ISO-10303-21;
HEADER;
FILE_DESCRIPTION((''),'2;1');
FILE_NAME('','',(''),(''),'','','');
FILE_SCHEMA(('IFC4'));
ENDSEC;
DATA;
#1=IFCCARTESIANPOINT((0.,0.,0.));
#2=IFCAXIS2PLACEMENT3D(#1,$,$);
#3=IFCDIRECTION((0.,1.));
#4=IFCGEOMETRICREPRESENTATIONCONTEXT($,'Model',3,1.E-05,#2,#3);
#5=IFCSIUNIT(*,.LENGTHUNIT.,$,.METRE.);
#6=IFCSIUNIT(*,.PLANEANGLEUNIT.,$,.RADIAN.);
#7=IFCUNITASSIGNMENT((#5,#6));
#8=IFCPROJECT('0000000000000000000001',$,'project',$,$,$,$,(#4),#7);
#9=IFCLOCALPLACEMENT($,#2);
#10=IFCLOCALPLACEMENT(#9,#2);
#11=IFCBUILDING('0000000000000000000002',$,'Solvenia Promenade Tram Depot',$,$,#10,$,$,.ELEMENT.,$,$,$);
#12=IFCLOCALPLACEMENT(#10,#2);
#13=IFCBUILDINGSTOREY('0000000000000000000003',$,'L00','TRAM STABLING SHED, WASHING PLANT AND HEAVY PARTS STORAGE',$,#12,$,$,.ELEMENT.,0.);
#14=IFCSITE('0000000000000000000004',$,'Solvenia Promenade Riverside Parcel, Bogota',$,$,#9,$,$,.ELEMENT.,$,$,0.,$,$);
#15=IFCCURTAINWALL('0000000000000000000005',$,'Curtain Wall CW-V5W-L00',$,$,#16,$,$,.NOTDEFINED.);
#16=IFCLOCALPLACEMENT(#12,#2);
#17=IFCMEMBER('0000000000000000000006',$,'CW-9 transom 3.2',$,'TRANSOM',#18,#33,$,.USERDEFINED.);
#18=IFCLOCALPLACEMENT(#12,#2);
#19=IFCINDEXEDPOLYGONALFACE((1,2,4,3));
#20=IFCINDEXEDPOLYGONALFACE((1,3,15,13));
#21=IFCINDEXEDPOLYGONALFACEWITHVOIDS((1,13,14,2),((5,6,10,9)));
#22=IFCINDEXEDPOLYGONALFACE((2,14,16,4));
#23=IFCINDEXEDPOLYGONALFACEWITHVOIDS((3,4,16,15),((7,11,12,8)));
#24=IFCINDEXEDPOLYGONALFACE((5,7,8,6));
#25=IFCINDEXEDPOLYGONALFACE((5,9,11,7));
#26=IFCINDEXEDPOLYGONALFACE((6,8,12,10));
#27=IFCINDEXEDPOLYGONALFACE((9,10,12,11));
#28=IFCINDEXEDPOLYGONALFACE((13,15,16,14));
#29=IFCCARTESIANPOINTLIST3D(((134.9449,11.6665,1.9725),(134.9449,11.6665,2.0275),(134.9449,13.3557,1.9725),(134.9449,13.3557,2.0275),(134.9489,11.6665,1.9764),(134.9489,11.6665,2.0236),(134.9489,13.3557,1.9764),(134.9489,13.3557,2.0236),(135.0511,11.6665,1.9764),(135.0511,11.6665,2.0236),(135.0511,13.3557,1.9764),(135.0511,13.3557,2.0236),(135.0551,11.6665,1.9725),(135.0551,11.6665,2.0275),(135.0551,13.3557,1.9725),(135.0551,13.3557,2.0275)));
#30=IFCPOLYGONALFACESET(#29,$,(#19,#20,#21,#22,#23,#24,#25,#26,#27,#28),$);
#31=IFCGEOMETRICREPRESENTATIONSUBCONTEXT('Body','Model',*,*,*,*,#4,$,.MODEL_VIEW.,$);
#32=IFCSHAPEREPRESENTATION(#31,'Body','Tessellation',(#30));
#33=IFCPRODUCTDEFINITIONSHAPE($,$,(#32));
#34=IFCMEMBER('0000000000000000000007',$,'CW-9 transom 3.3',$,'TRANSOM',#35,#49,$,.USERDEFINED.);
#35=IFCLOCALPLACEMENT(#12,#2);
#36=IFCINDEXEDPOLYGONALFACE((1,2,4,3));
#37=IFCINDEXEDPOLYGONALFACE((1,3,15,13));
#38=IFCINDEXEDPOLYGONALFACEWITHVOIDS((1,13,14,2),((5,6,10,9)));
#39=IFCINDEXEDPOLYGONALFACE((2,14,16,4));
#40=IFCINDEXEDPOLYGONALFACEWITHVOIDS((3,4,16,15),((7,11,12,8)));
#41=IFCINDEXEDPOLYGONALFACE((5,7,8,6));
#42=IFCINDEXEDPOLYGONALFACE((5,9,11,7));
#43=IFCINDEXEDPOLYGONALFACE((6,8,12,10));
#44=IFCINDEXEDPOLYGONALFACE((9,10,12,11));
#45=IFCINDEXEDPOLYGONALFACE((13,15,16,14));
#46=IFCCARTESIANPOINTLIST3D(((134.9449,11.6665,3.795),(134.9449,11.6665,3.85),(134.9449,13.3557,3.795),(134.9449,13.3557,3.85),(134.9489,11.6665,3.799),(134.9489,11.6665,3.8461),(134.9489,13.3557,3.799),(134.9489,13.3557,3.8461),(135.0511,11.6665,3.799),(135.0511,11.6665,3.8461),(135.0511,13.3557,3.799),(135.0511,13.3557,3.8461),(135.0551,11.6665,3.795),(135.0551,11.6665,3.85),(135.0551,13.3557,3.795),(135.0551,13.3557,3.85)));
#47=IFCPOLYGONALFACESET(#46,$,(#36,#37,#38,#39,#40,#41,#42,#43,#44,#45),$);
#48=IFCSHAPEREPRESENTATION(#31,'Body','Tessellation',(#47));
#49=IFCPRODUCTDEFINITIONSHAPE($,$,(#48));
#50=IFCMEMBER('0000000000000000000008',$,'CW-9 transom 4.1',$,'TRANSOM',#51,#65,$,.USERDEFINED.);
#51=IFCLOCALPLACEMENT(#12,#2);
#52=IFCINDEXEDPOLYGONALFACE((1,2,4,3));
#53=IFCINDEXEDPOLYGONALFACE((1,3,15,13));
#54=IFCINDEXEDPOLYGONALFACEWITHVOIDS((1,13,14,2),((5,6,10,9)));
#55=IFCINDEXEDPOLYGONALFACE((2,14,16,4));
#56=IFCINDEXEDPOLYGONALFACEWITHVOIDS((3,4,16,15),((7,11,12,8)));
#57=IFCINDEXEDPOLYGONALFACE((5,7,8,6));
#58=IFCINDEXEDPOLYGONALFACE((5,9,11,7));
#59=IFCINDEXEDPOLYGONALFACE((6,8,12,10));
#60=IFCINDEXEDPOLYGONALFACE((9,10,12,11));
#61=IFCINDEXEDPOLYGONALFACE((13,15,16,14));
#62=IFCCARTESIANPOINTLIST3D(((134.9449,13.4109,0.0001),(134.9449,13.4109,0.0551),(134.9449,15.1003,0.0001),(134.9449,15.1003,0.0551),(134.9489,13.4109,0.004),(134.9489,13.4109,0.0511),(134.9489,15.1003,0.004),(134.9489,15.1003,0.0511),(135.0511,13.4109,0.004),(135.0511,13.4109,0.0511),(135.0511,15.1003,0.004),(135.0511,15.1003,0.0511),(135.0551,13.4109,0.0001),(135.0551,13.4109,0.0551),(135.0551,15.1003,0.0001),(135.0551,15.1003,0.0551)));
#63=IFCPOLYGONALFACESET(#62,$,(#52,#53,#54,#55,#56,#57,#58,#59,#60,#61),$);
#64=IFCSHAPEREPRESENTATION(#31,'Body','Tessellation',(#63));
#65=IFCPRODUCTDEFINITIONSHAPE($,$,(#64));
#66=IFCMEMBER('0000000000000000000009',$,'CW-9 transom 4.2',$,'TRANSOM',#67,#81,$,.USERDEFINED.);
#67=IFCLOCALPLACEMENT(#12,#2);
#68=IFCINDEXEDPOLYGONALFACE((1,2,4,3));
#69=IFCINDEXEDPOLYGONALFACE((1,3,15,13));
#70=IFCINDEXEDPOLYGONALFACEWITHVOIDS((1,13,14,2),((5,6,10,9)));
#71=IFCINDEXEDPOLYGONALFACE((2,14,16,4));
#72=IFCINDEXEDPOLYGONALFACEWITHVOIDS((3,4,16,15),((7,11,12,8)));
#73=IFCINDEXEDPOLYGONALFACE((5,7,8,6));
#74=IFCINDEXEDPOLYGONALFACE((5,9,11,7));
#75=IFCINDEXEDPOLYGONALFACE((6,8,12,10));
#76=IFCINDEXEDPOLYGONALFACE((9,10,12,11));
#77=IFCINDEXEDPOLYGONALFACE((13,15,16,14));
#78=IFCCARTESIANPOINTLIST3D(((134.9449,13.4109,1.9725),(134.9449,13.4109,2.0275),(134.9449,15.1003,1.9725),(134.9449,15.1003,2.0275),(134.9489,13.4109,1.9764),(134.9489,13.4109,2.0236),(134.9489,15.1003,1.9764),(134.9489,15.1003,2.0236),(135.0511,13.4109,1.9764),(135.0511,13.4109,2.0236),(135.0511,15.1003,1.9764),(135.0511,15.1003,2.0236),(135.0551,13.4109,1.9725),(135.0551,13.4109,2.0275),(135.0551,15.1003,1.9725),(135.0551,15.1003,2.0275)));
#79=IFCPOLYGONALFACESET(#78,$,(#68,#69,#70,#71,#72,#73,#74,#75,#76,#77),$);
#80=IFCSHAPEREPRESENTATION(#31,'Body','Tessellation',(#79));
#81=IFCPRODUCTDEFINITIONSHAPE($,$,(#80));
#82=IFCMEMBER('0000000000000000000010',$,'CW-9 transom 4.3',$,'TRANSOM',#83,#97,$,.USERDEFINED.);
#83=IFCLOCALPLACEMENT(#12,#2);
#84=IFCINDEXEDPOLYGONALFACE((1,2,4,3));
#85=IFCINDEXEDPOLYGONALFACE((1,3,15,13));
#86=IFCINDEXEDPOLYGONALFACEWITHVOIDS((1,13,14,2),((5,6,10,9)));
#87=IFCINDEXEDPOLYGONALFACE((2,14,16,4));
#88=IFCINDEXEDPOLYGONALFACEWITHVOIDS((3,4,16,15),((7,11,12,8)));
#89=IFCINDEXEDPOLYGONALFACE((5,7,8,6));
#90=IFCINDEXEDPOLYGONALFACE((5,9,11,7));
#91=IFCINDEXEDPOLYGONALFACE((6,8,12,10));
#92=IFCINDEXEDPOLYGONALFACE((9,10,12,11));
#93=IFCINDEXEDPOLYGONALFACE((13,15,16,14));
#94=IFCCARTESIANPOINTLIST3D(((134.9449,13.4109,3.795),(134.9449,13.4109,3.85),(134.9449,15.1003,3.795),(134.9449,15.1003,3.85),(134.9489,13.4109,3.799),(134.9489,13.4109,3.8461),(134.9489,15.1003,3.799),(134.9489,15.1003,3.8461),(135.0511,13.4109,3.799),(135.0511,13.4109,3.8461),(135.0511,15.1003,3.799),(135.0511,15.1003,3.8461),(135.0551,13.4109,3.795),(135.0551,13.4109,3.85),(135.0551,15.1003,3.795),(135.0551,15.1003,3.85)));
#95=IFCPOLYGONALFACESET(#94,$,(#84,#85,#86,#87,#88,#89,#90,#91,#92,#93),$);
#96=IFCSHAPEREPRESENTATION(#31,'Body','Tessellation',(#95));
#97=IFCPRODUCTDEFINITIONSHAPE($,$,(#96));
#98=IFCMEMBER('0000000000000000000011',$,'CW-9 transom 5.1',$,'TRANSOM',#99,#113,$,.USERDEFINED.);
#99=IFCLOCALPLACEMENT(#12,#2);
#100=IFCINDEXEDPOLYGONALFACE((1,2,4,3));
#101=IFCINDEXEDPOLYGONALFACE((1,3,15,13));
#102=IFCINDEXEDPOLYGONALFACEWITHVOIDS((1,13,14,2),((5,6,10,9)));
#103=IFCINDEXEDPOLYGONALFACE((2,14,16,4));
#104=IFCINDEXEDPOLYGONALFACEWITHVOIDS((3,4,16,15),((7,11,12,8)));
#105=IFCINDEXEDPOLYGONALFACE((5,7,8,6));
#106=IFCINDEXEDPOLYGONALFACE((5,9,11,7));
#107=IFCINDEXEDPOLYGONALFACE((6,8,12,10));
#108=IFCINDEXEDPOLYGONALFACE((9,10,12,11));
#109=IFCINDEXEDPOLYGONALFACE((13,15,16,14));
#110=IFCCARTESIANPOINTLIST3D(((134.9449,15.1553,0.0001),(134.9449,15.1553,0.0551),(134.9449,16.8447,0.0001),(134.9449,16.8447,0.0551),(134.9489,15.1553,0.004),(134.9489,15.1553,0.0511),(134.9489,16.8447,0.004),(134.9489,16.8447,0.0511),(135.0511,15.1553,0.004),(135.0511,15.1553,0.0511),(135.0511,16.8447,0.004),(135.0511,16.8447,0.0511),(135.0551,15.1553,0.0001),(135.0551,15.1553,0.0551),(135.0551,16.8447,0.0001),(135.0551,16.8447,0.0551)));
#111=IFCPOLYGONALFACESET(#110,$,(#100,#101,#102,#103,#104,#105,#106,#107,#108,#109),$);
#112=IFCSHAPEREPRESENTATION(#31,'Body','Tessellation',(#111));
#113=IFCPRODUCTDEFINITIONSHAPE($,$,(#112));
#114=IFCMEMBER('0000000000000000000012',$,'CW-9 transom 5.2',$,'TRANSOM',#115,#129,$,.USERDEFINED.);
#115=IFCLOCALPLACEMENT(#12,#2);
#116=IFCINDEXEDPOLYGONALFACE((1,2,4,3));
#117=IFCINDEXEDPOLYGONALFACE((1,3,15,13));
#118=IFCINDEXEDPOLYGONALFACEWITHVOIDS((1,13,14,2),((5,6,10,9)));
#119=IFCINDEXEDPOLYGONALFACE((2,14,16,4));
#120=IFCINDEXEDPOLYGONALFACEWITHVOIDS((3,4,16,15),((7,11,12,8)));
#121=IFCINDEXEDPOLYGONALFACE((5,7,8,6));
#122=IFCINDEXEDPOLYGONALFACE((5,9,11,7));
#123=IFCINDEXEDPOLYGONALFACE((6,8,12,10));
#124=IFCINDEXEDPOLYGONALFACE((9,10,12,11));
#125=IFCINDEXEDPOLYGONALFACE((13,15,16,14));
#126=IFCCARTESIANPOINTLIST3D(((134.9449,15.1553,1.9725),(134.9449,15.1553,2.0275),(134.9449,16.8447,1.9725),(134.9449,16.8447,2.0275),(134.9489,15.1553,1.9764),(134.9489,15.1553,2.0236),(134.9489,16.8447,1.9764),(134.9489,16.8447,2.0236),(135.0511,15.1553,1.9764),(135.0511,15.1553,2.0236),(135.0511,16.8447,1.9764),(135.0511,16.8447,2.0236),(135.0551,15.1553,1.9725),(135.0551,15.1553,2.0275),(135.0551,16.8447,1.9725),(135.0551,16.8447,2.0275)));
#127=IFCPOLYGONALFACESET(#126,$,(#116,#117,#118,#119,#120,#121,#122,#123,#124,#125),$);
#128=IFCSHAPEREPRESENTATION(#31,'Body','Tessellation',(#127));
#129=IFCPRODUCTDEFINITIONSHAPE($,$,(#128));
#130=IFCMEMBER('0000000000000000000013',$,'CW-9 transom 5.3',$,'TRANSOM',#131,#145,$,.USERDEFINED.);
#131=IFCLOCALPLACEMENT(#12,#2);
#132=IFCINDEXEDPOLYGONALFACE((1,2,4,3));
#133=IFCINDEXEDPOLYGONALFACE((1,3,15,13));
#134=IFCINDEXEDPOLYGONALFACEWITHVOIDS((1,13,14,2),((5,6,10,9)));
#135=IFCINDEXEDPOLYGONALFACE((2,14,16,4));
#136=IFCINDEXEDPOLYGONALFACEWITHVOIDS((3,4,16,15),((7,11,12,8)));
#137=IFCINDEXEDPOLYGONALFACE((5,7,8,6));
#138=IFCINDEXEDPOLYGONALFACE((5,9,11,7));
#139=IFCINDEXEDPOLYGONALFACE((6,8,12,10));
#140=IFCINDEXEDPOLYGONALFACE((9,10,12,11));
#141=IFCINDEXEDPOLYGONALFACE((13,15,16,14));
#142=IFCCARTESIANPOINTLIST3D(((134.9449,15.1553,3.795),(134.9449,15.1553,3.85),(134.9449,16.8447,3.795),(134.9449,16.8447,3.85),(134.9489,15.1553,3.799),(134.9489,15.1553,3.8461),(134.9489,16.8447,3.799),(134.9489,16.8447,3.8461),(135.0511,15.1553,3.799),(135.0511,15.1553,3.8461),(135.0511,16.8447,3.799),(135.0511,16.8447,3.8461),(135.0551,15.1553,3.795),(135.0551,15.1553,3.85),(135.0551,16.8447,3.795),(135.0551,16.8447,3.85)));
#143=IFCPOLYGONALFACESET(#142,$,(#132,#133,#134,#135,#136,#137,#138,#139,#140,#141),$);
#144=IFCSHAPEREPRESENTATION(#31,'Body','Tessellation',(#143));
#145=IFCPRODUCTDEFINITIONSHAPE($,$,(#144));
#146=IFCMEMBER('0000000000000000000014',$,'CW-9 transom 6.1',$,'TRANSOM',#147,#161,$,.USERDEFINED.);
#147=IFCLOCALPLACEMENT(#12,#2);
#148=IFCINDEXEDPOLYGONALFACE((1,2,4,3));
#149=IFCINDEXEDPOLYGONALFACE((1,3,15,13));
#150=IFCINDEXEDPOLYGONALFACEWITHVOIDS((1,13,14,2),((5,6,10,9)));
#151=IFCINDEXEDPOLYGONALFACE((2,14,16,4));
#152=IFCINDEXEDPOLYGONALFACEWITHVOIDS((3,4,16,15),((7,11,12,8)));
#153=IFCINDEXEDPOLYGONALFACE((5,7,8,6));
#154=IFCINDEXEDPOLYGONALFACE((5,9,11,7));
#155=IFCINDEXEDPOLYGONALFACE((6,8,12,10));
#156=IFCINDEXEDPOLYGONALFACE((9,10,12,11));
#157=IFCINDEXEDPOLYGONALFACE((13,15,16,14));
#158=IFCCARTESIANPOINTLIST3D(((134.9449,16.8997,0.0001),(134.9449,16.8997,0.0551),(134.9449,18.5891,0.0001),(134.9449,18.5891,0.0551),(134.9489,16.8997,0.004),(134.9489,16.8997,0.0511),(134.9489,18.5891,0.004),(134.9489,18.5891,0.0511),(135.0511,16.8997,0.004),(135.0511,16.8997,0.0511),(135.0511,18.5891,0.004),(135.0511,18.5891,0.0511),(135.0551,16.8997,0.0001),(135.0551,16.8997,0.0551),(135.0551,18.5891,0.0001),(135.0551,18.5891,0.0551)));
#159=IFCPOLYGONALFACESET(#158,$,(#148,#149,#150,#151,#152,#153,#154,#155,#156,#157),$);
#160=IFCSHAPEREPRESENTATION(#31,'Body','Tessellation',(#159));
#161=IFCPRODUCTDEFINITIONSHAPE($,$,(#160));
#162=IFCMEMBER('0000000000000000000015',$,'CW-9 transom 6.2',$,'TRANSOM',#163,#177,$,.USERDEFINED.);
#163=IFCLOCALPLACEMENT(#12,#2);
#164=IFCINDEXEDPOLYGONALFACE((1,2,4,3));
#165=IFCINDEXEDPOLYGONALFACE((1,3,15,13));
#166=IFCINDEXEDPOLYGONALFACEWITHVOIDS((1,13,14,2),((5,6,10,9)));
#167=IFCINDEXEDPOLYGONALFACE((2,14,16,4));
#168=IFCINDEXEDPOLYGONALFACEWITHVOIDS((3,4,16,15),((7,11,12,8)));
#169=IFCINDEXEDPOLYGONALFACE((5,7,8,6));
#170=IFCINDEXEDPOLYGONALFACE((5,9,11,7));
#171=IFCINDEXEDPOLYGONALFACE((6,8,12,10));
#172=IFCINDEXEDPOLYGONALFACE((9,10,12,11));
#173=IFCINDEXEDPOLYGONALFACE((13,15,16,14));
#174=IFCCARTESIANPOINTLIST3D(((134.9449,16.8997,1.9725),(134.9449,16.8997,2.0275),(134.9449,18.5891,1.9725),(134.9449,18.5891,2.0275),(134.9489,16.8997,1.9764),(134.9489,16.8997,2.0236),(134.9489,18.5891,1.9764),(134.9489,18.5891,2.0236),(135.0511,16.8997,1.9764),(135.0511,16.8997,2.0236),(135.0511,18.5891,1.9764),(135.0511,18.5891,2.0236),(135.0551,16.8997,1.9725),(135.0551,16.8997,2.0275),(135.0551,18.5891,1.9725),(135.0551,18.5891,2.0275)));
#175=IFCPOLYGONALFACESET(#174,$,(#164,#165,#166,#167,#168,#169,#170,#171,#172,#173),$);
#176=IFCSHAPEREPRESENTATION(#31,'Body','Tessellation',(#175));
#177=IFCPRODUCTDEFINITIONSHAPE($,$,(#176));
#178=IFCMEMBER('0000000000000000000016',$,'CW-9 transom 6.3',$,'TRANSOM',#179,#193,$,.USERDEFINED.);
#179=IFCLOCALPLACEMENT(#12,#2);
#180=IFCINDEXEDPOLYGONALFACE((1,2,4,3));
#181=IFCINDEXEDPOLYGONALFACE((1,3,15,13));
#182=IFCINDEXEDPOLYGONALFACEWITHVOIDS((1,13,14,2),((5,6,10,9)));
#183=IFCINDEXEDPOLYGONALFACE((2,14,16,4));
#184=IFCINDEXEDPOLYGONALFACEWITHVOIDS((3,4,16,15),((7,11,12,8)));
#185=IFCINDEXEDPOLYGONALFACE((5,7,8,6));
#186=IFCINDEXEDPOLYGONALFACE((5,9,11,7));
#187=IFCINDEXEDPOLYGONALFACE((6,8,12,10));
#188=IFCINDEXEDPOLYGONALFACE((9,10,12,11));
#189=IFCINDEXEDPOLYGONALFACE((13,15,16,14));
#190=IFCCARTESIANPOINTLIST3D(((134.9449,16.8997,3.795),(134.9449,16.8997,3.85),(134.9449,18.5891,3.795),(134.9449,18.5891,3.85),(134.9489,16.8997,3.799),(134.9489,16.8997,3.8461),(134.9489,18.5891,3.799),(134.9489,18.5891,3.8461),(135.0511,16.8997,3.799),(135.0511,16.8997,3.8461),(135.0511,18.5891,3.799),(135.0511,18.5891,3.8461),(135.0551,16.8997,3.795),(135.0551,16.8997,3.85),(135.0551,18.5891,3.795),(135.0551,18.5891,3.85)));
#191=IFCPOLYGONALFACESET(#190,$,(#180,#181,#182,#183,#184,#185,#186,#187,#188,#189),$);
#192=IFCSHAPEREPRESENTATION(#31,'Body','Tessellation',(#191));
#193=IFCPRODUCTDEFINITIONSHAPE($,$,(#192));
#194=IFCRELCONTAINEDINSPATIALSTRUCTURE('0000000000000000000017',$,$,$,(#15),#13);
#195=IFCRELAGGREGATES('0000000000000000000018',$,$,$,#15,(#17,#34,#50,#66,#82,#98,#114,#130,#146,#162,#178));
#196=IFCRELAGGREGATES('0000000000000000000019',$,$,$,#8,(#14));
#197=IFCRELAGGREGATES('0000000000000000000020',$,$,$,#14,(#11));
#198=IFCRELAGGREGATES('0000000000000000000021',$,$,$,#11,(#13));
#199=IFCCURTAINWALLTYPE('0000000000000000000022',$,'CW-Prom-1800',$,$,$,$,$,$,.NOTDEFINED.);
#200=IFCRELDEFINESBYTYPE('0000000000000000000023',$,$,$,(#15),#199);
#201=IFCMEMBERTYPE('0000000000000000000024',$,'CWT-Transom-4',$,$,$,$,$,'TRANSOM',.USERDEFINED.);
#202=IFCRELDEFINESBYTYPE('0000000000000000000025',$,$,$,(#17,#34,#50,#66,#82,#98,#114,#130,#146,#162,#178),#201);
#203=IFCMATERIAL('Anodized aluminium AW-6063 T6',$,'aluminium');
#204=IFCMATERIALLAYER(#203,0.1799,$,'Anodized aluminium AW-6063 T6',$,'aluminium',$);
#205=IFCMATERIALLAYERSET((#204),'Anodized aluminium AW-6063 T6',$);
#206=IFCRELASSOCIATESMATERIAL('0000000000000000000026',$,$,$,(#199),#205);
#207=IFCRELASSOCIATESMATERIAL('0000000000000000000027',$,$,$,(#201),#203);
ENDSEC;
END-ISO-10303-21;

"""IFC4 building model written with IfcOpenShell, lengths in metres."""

from ifc_helpers import new_model, si_unit, direction, frame, origin, origin_2d, place, context, subcontext, project, spatial, hollow_rectangle, extrude, material, layer, layer_set, material_profile, profile_set, type_object, element, aggregate, save


model = new_model("IFC4")

# Units and contexts
model_context = context("Model", 3, precision=1e-05, world=origin(), true_north=direction((0.0, 1.0)))
body_context = subcontext(model_context, "Body", "Model", "MODEL_VIEW")
ifc_project = project(units=[si_unit("LENGTHUNIT", "METRE"), si_unit("PLANEANGLEUNIT", "RADIAN")], contexts=[model_context])

# Site, building, storey
site_placement = place(None, origin())
site = spatial("IfcSite", under=ifc_project, at=site_placement, Name="Solvenia Promenade Riverside Parcel, Bogota", CompositionType="ELEMENT", RefElevation=0.0)
building_placement = place(site_placement, origin())
building = spatial("IfcBuilding", under=site, at=building_placement, Name="Solvenia Promenade Tram Depot", CompositionType="ELEMENT")
storey_placement = place(building_placement, origin())
storey = spatial("IfcBuildingStorey", under=building, at=storey_placement, Name="L00", Description="TRAM STABLING SHED, WASHING PLANT AND HEAVY PARTS STORAGE", CompositionType="ELEMENT", Elevation=0.0)

# Curtain wall, members
ifc_material_1 = material(Name="Anodized aluminium AW-6063 T6", Category="aluminium")
ifc_layer_1 = layer(ifc_material_1, 0.1799, Name="Anodized aluminium AW-6063 T6", Category="aluminium")
ifc_layer_set_1 = layer_set([ifc_layer_1], Name="Anodized aluminium AW-6063 T6")
curtain_wall_type = type_object("IfcCurtainWallType", Name="CW-Prom-1800", PredefinedType="NOTDEFINED", material=ifc_layer_set_1)
curtain_wall_placement = place(storey_placement, origin())
curtain_wall = element("IfcCurtainWall", 1, at=curtain_wall_placement, inside=storey, type_object=curtain_wall_type, Name="Curtain Wall CW-V5W-L00", PredefinedType="NOTDEFINED")
ifc_material_profile_1 = material_profile(ifc_material_1, hollow_rectangle(XDim=0.1101, YDim=0.0549, WallThickness=0.0039, at=origin_2d()), Name="ALU-T4", Category="aluminium")
ifc_profile_set_1 = profile_set([ifc_material_profile_1], Name="Anodized aluminium AW-6063 T6")
member_type_1 = type_object("IfcMemberType", Name="CWT-Transom-4", ElementType="TRANSOM", PredefinedType="USERDEFINED", material=ifc_profile_set_1)
member_1_placement = place(storey_placement, frame((135.0, 11.6665, 2.0), z_axis=(0.0, 1.0, 0.0), x_axis=(-1.0, 0.0, 0.0)))
member_1 = element("IfcMember", 2, at=member_1_placement, type_object=member_type_1, Name="CW-9 transom 3.2", ObjectType="TRANSOM", PredefinedType="USERDEFINED", context=body_context, shape_type="SweptSolid", body=[
    extrude(hollow_rectangle(XDim=0.1101, YDim=0.0549, WallThickness=0.0039, at=origin_2d()), origin(), (0.0, 0.0, 1.0), 1.6892),
])
member_2_placement = place(storey_placement, frame((135.0, 11.6665, 3.8225), z_axis=(0.0, 1.0, 0.0), x_axis=(-1.0, 0.0, 0.0)))
member_2 = element("IfcMember", 3, at=member_2_placement, type_object=member_type_1, Name="CW-9 transom 3.3", ObjectType="TRANSOM", PredefinedType="USERDEFINED", context=body_context, shape_type="SweptSolid", body=[
    extrude(hollow_rectangle(XDim=0.1101, YDim=0.0549, WallThickness=0.0039, at=origin_2d()), origin(), (0.0, 0.0, 1.0), 1.6892),
])
member_3_placement = place(storey_placement, frame((135.0, 13.4109, 0.0276), z_axis=(0.0, 1.0, 0.0), x_axis=(-1.0, 0.0, 0.0)))
member_3 = element("IfcMember", 4, at=member_3_placement, type_object=member_type_1, Name="CW-9 transom 4.1", ObjectType="TRANSOM", PredefinedType="USERDEFINED", context=body_context, shape_type="SweptSolid", body=[
    extrude(hollow_rectangle(XDim=0.1101, YDim=0.0549, WallThickness=0.0039, at=origin_2d()), origin(), (0.0, 0.0, 1.0), 1.6895),
])
member_4_placement = place(storey_placement, frame((135.0, 13.4109, 2.0), z_axis=(0.0, 1.0, 0.0), x_axis=(-1.0, 0.0, 0.0)))
member_4 = element("IfcMember", 5, at=member_4_placement, type_object=member_type_1, Name="CW-9 transom 4.2", ObjectType="TRANSOM", PredefinedType="USERDEFINED", context=body_context, shape_type="SweptSolid", body=[
    extrude(hollow_rectangle(XDim=0.1101, YDim=0.0549, WallThickness=0.0039, at=origin_2d()), origin(), (0.0, 0.0, 1.0), 1.6895),
])
member_5_placement = place(storey_placement, frame((135.0, 13.4109, 3.8225), z_axis=(0.0, 1.0, 0.0), x_axis=(-1.0, 0.0, 0.0)))
member_5 = element("IfcMember", 6, at=member_5_placement, type_object=member_type_1, Name="CW-9 transom 4.3", ObjectType="TRANSOM", PredefinedType="USERDEFINED", context=body_context, shape_type="SweptSolid", body=[
    extrude(hollow_rectangle(XDim=0.1101, YDim=0.0549, WallThickness=0.0039, at=origin_2d()), origin(), (0.0, 0.0, 1.0), 1.6895),
])
member_6_placement = place(storey_placement, frame((135.0, 15.1553, 0.0276), z_axis=(0.0, 1.0, 0.0), x_axis=(-1.0, 0.0, 0.0)))
member_6 = element("IfcMember", 7, at=member_6_placement, type_object=member_type_1, Name="CW-9 transom 5.1", ObjectType="TRANSOM", PredefinedType="USERDEFINED", context=body_context, shape_type="SweptSolid", body=[
    extrude(hollow_rectangle(XDim=0.1101, YDim=0.0549, WallThickness=0.0039, at=origin_2d()), origin(), (0.0, 0.0, 1.0), 1.6895),
])
member_7_placement = place(storey_placement, frame((135.0, 15.1553, 2.0), z_axis=(0.0, 1.0, 0.0), x_axis=(-1.0, 0.0, 0.0)))
member_7 = element("IfcMember", 8, at=member_7_placement, type_object=member_type_1, Name="CW-9 transom 5.2", ObjectType="TRANSOM", PredefinedType="USERDEFINED", context=body_context, shape_type="SweptSolid", body=[
    extrude(hollow_rectangle(XDim=0.1101, YDim=0.0549, WallThickness=0.0039, at=origin_2d()), origin(), (0.0, 0.0, 1.0), 1.6895),
])
member_8_placement = place(storey_placement, frame((135.0, 15.1553, 3.8225), z_axis=(0.0, 1.0, 0.0), x_axis=(-1.0, 0.0, 0.0)))
member_8 = element("IfcMember", 9, at=member_8_placement, type_object=member_type_1, Name="CW-9 transom 5.3", ObjectType="TRANSOM", PredefinedType="USERDEFINED", context=body_context, shape_type="SweptSolid", body=[
    extrude(hollow_rectangle(XDim=0.1101, YDim=0.0549, WallThickness=0.0039, at=origin_2d()), origin(), (0.0, 0.0, 1.0), 1.6895),
])
member_9_placement = place(storey_placement, frame((135.0, 16.8997, 0.0276), z_axis=(0.0, 1.0, 0.0), x_axis=(-1.0, 0.0, 0.0)))
member_9 = element("IfcMember", 10, at=member_9_placement, type_object=member_type_1, Name="CW-9 transom 6.1", ObjectType="TRANSOM", PredefinedType="USERDEFINED", context=body_context, shape_type="SweptSolid", body=[
    extrude(hollow_rectangle(XDim=0.1101, YDim=0.0549, WallThickness=0.0039, at=origin_2d()), origin(), (0.0, 0.0, 1.0), 1.6895),
])
member_10_placement = place(storey_placement, frame((135.0, 16.8997, 2.0), z_axis=(0.0, 1.0, 0.0), x_axis=(-1.0, 0.0, 0.0)))
member_10 = element("IfcMember", 11, at=member_10_placement, type_object=member_type_1, Name="CW-9 transom 6.2", ObjectType="TRANSOM", PredefinedType="USERDEFINED", context=body_context, shape_type="SweptSolid", body=[
    extrude(hollow_rectangle(XDim=0.1101, YDim=0.0549, WallThickness=0.0039, at=origin_2d()), origin(), (0.0, 0.0, 1.0), 1.6895),
])
member_11_placement = place(storey_placement, frame((135.0, 16.8997, 3.8225), z_axis=(0.0, 1.0, 0.0), x_axis=(-1.0, 0.0, 0.0)))
member_11 = element("IfcMember", 12, at=member_11_placement, type_object=member_type_1, Name="CW-9 transom 6.3", ObjectType="TRANSOM", PredefinedType="USERDEFINED", context=body_context, shape_type="SweptSolid", body=[
    extrude(hollow_rectangle(XDim=0.1101, YDim=0.0549, WallThickness=0.0039, at=origin_2d()), origin(), (0.0, 0.0, 1.0), 1.6895),
])
aggregate(curtain_wall, [member_1, member_2, member_3, member_4, member_5, member_6, member_7, member_8, member_9, member_10, member_11])

save(model, "model.ifc")
